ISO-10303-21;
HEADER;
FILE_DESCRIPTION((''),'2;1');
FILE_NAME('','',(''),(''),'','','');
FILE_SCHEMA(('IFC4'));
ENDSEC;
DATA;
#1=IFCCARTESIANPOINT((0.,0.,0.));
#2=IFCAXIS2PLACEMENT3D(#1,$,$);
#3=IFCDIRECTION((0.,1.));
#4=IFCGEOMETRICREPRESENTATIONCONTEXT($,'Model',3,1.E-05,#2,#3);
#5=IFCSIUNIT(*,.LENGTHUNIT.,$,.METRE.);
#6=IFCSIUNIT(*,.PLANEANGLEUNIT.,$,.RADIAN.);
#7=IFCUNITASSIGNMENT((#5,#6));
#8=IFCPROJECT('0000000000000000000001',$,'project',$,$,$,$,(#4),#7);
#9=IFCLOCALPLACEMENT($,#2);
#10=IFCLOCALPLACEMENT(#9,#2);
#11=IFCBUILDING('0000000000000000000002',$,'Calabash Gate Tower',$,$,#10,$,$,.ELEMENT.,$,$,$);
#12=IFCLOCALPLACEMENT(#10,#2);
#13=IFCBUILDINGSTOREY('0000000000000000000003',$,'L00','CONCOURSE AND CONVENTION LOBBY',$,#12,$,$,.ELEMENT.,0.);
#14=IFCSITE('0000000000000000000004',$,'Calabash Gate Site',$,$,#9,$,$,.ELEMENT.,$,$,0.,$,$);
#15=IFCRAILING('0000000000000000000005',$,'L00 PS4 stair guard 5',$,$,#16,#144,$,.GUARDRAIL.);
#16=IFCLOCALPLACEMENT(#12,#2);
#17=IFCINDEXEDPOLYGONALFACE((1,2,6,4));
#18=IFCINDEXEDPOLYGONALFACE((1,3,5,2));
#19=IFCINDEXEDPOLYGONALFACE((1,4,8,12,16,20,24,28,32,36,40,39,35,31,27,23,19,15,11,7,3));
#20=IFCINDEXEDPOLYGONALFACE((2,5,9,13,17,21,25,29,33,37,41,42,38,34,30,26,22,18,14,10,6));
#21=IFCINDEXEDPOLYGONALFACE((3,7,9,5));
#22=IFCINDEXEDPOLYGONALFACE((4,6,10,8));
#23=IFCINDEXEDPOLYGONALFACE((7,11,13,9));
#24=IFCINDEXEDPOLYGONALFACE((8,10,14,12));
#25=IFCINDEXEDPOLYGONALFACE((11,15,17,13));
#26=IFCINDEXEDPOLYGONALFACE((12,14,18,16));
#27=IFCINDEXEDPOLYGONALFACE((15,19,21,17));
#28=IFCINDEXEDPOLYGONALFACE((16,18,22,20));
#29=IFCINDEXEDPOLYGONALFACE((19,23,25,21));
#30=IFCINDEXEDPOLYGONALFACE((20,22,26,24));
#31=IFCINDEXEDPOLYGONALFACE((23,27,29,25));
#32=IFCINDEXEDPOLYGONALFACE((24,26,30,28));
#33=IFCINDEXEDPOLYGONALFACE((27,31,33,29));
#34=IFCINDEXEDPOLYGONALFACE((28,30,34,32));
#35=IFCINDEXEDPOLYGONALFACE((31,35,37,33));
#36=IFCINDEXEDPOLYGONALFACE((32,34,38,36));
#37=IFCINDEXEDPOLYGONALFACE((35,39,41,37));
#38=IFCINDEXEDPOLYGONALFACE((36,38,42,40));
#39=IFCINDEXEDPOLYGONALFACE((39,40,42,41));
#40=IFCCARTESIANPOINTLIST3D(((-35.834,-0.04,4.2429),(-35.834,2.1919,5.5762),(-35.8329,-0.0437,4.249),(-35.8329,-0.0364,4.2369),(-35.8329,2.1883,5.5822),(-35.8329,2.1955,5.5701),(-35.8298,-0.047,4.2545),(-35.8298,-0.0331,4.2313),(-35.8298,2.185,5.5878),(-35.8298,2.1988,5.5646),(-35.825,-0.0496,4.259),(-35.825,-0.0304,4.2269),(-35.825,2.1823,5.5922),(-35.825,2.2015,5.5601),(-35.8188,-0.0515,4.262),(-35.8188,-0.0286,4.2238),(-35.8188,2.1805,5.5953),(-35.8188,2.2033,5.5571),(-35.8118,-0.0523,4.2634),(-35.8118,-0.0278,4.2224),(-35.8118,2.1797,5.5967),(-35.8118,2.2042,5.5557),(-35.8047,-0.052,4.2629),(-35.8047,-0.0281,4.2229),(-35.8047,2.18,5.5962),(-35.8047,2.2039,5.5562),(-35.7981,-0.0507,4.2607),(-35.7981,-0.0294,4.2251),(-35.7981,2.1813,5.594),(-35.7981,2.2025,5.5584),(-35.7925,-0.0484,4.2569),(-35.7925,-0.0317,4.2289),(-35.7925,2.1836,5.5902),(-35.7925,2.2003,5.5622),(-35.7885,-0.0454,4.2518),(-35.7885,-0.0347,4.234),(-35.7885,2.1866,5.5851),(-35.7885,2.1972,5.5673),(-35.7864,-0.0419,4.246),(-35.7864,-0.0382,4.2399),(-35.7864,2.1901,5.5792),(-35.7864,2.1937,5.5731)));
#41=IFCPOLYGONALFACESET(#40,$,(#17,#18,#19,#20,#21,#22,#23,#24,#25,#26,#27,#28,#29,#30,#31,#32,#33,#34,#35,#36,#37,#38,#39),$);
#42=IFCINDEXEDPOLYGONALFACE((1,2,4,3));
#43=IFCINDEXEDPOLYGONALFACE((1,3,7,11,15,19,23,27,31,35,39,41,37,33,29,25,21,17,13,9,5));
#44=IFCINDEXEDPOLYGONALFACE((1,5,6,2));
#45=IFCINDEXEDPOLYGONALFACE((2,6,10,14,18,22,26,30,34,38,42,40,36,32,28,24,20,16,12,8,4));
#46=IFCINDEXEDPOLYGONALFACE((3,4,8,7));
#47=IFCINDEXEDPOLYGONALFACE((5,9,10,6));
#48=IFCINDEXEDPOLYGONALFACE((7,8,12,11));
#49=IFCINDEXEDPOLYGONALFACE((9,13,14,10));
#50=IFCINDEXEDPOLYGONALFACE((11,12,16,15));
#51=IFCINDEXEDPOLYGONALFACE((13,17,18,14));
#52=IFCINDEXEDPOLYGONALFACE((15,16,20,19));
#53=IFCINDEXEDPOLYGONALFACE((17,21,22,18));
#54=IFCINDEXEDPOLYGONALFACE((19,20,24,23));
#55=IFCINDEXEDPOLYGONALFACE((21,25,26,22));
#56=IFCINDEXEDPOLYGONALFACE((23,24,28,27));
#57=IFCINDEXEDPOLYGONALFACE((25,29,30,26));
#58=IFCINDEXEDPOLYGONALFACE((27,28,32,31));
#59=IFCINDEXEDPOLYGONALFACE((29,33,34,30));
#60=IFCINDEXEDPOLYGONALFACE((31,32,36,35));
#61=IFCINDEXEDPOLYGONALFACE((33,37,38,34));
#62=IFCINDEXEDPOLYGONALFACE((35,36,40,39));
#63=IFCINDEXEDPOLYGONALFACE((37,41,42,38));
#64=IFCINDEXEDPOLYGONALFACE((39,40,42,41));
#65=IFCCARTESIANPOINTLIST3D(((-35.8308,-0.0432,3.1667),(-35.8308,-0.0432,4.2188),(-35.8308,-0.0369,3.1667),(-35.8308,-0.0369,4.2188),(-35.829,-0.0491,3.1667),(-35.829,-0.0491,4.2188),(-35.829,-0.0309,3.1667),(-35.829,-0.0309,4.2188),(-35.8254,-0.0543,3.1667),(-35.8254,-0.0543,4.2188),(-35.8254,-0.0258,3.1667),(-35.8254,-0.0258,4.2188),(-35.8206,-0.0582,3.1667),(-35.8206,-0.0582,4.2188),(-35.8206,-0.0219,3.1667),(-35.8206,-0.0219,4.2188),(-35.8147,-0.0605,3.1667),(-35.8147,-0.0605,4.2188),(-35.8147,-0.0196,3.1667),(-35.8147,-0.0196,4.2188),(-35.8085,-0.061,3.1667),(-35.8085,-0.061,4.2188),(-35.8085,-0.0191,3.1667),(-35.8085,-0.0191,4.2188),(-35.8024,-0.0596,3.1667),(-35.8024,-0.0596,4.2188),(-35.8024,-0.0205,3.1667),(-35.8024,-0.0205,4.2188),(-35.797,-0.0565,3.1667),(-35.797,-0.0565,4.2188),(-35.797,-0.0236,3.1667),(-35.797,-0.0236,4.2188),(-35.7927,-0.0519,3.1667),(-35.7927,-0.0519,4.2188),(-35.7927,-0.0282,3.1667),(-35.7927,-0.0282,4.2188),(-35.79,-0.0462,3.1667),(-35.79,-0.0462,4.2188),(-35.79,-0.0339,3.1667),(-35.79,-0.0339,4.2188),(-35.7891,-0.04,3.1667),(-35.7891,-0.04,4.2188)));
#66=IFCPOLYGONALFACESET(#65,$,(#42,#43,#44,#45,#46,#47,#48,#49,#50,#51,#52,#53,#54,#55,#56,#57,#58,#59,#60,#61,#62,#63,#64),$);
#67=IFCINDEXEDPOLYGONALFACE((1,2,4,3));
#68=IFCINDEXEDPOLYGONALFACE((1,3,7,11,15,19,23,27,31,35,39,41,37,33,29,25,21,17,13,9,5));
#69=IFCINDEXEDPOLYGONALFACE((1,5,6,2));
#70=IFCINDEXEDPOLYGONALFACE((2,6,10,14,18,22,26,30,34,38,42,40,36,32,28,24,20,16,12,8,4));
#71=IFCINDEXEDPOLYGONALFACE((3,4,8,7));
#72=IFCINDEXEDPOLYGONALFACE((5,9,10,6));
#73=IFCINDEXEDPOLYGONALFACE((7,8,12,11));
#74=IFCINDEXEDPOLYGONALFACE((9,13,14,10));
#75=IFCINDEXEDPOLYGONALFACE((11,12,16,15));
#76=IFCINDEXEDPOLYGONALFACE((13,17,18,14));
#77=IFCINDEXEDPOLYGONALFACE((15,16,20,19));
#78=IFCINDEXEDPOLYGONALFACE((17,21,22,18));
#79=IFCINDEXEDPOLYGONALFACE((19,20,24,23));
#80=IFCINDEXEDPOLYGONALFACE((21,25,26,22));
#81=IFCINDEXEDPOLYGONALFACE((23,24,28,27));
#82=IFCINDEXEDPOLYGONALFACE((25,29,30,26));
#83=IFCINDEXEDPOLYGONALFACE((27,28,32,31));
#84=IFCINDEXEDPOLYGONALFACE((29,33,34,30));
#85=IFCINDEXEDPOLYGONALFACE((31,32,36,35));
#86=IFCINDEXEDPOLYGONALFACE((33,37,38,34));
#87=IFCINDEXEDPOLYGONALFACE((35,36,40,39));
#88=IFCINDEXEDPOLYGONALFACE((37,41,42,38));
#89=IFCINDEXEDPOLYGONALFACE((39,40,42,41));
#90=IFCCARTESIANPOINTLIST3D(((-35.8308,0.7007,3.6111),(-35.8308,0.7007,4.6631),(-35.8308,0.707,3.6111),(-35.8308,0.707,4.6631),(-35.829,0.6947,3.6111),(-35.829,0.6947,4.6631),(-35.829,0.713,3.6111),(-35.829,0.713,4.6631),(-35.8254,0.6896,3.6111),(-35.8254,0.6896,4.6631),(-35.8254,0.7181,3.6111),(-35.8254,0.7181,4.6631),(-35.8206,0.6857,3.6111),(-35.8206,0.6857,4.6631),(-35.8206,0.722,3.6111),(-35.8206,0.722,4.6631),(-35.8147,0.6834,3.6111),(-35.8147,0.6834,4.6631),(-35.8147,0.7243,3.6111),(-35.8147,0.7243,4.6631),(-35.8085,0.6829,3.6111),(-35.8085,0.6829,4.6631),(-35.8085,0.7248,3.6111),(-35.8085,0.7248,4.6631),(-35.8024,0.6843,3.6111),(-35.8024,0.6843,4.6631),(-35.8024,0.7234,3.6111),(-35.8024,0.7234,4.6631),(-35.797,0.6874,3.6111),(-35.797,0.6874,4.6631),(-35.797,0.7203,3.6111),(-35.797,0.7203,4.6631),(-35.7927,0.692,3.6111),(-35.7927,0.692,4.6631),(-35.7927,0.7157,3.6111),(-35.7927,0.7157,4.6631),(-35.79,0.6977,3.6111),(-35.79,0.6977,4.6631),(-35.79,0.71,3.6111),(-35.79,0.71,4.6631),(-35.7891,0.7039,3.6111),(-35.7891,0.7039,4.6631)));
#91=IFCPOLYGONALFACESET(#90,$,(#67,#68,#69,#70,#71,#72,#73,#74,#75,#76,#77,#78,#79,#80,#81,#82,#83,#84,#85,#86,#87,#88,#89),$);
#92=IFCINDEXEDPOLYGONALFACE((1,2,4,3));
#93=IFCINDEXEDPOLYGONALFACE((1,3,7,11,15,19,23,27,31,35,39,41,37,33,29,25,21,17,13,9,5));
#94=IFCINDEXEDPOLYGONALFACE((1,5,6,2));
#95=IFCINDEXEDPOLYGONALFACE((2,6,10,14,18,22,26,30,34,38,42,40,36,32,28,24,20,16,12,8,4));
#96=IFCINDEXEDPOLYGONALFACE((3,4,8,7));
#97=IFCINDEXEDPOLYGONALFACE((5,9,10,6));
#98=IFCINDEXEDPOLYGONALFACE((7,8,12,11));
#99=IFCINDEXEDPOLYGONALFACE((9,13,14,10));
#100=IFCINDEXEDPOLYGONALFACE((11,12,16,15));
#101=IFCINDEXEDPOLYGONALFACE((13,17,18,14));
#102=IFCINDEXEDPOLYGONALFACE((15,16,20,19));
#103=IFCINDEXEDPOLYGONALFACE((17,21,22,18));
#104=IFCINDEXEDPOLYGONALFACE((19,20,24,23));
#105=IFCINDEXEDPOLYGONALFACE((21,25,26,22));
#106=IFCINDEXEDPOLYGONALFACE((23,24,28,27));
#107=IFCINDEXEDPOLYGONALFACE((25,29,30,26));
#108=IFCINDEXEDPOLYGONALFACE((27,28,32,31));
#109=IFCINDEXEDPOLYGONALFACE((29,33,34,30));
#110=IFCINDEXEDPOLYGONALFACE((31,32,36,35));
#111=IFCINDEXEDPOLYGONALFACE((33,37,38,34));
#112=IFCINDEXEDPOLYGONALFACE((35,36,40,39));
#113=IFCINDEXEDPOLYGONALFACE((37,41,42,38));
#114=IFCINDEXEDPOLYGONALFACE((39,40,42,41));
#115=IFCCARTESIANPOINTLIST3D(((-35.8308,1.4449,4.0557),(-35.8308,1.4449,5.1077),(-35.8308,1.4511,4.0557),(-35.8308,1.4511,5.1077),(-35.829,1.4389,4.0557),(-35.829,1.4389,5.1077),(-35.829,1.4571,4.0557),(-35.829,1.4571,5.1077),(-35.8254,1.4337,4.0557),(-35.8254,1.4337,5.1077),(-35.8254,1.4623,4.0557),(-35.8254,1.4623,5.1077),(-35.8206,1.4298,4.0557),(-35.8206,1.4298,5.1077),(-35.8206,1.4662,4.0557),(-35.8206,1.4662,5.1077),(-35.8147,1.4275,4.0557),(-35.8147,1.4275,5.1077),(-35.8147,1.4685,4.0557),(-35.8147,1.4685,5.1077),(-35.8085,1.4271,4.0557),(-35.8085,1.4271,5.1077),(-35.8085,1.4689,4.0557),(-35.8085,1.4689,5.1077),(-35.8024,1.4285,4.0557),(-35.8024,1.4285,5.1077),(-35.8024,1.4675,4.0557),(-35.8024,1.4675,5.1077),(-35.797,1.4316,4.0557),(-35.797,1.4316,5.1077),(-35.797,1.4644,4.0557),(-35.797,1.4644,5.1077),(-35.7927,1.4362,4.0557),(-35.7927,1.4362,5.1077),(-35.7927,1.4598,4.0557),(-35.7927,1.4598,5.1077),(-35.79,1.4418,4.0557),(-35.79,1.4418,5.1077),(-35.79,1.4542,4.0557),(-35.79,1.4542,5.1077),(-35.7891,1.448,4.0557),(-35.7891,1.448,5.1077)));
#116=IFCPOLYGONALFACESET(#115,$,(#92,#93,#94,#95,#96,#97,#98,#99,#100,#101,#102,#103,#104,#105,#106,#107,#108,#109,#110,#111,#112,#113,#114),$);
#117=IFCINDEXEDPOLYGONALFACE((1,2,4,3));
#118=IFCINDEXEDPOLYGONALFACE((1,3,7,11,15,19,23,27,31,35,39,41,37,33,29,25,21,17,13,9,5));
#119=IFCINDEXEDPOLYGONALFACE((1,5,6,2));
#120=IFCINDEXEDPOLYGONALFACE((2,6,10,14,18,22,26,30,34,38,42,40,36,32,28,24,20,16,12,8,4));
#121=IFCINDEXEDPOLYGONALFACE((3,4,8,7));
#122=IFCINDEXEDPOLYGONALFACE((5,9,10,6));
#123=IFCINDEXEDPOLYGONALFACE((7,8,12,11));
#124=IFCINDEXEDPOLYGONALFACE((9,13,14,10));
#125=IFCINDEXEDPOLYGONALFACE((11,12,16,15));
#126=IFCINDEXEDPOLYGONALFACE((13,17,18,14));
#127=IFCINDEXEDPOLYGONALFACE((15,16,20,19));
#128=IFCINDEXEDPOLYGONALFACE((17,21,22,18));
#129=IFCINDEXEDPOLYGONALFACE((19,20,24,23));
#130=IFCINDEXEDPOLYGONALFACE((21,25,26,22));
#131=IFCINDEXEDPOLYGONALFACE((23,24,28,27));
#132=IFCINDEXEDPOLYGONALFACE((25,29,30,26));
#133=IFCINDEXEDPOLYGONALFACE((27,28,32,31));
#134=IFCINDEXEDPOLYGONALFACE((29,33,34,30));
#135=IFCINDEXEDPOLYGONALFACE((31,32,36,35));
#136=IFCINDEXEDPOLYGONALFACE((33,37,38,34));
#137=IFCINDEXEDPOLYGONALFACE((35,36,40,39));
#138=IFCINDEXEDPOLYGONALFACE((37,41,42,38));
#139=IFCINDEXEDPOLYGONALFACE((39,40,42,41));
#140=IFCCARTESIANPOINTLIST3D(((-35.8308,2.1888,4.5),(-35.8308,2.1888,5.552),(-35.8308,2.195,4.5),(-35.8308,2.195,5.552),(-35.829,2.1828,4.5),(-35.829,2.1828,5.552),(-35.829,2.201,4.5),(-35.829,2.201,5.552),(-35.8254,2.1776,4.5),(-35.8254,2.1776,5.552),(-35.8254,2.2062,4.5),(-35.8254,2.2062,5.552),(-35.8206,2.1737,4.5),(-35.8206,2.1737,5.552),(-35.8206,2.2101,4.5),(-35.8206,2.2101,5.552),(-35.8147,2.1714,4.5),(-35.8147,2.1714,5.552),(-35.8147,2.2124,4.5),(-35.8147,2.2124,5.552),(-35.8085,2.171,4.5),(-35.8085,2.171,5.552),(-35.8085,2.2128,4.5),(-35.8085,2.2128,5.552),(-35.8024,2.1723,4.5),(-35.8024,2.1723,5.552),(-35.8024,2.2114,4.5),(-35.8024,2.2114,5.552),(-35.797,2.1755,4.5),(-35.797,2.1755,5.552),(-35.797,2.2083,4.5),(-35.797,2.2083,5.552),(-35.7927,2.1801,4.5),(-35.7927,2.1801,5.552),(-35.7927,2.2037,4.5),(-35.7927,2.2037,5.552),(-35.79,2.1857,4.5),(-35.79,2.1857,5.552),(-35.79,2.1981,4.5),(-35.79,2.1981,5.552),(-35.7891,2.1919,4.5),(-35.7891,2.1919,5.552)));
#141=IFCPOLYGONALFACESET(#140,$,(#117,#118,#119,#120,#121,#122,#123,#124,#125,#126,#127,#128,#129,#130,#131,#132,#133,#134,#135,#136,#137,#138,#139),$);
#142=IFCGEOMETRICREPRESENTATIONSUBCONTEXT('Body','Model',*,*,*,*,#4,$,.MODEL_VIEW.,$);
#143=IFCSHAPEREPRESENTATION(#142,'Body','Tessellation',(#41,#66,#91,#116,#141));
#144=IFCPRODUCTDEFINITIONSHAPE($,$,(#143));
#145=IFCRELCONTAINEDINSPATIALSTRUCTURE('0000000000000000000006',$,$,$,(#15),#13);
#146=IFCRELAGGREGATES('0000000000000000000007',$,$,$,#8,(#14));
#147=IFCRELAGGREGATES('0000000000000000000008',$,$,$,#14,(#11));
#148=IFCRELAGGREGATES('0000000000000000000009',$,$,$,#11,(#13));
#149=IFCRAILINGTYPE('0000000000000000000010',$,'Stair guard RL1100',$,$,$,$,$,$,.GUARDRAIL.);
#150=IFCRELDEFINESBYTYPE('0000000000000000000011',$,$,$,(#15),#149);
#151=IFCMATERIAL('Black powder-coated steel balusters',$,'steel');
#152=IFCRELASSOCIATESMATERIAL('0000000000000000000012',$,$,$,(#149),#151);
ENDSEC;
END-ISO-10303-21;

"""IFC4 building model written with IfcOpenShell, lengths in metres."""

from ifc_helpers import new_model, si_unit, direction, frame, origin, origin_2d, place, context, subcontext, project, spatial, circle, extrude, material, type_object, element, save


model = new_model("IFC4")

# Units and contexts
model_context = context("Model", 3, precision=1e-05, world=origin(), true_north=direction((0.0, 1.0)))
body_context = subcontext(model_context, "Body", "Model", "MODEL_VIEW")
ifc_project = project(units=[si_unit("LENGTHUNIT", "METRE"), si_unit("PLANEANGLEUNIT", "RADIAN")], contexts=[model_context])

# Site, building, storey
site_placement = place(None, origin())
site = spatial("IfcSite", under=ifc_project, at=site_placement, Name="Calabash Gate Site", CompositionType="ELEMENT", RefElevation=0.0)
building_placement = place(site_placement, origin())
building = spatial("IfcBuilding", under=site, at=building_placement, Name="Calabash Gate Tower", CompositionType="ELEMENT")
storey_placement = place(building_placement, origin())
storey = spatial("IfcBuildingStorey", under=building, at=storey_placement, Name="L00", Description="CONCOURSE AND CONVENTION LOBBY", CompositionType="ELEMENT", Elevation=0.0)

# Railing
ifc_material_1 = material(Name="Black powder-coated steel balusters", Category="steel")
railing_type_1 = type_object("IfcRailingType", Name="Stair guard RL1100", PredefinedType="GUARDRAIL", material=ifc_material_1)
railing_1_placement = place(storey_placement, frame((-35.8101, -0.04, 3.1667)))
element("IfcRailing", 1, at=railing_1_placement, inside=storey, type_object=railing_type_1, Name="L00 PS4 stair guard 5", PredefinedType="GUARDRAIL", context=body_context, shape_type="SweptSolid", body=[
    extrude(circle(Radius=0.0239, at=origin_2d()), frame((0.0, 0.0, 1.0762), z_axis=(0.0, 0.858494, 0.512824), x_axis=(-1.0, 0.0, 0.0)), (0.0, 0.0, 1.0), 2.5999),
    extrude(circle(Radius=0.021, at=origin_2d()), origin(), (0.0, 0.0, 1.0), 1.052),
    extrude(circle(Radius=0.021, at=origin_2d()), frame((0.0, 0.7439, 0.4443)), (0.0, 0.0, 1.0), 1.052),
    extrude(circle(Radius=0.021, at=origin_2d()), frame((0.0, 1.488, 0.8889)), (0.0, 0.0, 1.0), 1.052),
    extrude(circle(Radius=0.021, at=origin_2d()), frame((0.0, 2.2319, 1.3333)), (0.0, 0.0, 1.0), 1.052),
])

save(model, "model.ifc")
